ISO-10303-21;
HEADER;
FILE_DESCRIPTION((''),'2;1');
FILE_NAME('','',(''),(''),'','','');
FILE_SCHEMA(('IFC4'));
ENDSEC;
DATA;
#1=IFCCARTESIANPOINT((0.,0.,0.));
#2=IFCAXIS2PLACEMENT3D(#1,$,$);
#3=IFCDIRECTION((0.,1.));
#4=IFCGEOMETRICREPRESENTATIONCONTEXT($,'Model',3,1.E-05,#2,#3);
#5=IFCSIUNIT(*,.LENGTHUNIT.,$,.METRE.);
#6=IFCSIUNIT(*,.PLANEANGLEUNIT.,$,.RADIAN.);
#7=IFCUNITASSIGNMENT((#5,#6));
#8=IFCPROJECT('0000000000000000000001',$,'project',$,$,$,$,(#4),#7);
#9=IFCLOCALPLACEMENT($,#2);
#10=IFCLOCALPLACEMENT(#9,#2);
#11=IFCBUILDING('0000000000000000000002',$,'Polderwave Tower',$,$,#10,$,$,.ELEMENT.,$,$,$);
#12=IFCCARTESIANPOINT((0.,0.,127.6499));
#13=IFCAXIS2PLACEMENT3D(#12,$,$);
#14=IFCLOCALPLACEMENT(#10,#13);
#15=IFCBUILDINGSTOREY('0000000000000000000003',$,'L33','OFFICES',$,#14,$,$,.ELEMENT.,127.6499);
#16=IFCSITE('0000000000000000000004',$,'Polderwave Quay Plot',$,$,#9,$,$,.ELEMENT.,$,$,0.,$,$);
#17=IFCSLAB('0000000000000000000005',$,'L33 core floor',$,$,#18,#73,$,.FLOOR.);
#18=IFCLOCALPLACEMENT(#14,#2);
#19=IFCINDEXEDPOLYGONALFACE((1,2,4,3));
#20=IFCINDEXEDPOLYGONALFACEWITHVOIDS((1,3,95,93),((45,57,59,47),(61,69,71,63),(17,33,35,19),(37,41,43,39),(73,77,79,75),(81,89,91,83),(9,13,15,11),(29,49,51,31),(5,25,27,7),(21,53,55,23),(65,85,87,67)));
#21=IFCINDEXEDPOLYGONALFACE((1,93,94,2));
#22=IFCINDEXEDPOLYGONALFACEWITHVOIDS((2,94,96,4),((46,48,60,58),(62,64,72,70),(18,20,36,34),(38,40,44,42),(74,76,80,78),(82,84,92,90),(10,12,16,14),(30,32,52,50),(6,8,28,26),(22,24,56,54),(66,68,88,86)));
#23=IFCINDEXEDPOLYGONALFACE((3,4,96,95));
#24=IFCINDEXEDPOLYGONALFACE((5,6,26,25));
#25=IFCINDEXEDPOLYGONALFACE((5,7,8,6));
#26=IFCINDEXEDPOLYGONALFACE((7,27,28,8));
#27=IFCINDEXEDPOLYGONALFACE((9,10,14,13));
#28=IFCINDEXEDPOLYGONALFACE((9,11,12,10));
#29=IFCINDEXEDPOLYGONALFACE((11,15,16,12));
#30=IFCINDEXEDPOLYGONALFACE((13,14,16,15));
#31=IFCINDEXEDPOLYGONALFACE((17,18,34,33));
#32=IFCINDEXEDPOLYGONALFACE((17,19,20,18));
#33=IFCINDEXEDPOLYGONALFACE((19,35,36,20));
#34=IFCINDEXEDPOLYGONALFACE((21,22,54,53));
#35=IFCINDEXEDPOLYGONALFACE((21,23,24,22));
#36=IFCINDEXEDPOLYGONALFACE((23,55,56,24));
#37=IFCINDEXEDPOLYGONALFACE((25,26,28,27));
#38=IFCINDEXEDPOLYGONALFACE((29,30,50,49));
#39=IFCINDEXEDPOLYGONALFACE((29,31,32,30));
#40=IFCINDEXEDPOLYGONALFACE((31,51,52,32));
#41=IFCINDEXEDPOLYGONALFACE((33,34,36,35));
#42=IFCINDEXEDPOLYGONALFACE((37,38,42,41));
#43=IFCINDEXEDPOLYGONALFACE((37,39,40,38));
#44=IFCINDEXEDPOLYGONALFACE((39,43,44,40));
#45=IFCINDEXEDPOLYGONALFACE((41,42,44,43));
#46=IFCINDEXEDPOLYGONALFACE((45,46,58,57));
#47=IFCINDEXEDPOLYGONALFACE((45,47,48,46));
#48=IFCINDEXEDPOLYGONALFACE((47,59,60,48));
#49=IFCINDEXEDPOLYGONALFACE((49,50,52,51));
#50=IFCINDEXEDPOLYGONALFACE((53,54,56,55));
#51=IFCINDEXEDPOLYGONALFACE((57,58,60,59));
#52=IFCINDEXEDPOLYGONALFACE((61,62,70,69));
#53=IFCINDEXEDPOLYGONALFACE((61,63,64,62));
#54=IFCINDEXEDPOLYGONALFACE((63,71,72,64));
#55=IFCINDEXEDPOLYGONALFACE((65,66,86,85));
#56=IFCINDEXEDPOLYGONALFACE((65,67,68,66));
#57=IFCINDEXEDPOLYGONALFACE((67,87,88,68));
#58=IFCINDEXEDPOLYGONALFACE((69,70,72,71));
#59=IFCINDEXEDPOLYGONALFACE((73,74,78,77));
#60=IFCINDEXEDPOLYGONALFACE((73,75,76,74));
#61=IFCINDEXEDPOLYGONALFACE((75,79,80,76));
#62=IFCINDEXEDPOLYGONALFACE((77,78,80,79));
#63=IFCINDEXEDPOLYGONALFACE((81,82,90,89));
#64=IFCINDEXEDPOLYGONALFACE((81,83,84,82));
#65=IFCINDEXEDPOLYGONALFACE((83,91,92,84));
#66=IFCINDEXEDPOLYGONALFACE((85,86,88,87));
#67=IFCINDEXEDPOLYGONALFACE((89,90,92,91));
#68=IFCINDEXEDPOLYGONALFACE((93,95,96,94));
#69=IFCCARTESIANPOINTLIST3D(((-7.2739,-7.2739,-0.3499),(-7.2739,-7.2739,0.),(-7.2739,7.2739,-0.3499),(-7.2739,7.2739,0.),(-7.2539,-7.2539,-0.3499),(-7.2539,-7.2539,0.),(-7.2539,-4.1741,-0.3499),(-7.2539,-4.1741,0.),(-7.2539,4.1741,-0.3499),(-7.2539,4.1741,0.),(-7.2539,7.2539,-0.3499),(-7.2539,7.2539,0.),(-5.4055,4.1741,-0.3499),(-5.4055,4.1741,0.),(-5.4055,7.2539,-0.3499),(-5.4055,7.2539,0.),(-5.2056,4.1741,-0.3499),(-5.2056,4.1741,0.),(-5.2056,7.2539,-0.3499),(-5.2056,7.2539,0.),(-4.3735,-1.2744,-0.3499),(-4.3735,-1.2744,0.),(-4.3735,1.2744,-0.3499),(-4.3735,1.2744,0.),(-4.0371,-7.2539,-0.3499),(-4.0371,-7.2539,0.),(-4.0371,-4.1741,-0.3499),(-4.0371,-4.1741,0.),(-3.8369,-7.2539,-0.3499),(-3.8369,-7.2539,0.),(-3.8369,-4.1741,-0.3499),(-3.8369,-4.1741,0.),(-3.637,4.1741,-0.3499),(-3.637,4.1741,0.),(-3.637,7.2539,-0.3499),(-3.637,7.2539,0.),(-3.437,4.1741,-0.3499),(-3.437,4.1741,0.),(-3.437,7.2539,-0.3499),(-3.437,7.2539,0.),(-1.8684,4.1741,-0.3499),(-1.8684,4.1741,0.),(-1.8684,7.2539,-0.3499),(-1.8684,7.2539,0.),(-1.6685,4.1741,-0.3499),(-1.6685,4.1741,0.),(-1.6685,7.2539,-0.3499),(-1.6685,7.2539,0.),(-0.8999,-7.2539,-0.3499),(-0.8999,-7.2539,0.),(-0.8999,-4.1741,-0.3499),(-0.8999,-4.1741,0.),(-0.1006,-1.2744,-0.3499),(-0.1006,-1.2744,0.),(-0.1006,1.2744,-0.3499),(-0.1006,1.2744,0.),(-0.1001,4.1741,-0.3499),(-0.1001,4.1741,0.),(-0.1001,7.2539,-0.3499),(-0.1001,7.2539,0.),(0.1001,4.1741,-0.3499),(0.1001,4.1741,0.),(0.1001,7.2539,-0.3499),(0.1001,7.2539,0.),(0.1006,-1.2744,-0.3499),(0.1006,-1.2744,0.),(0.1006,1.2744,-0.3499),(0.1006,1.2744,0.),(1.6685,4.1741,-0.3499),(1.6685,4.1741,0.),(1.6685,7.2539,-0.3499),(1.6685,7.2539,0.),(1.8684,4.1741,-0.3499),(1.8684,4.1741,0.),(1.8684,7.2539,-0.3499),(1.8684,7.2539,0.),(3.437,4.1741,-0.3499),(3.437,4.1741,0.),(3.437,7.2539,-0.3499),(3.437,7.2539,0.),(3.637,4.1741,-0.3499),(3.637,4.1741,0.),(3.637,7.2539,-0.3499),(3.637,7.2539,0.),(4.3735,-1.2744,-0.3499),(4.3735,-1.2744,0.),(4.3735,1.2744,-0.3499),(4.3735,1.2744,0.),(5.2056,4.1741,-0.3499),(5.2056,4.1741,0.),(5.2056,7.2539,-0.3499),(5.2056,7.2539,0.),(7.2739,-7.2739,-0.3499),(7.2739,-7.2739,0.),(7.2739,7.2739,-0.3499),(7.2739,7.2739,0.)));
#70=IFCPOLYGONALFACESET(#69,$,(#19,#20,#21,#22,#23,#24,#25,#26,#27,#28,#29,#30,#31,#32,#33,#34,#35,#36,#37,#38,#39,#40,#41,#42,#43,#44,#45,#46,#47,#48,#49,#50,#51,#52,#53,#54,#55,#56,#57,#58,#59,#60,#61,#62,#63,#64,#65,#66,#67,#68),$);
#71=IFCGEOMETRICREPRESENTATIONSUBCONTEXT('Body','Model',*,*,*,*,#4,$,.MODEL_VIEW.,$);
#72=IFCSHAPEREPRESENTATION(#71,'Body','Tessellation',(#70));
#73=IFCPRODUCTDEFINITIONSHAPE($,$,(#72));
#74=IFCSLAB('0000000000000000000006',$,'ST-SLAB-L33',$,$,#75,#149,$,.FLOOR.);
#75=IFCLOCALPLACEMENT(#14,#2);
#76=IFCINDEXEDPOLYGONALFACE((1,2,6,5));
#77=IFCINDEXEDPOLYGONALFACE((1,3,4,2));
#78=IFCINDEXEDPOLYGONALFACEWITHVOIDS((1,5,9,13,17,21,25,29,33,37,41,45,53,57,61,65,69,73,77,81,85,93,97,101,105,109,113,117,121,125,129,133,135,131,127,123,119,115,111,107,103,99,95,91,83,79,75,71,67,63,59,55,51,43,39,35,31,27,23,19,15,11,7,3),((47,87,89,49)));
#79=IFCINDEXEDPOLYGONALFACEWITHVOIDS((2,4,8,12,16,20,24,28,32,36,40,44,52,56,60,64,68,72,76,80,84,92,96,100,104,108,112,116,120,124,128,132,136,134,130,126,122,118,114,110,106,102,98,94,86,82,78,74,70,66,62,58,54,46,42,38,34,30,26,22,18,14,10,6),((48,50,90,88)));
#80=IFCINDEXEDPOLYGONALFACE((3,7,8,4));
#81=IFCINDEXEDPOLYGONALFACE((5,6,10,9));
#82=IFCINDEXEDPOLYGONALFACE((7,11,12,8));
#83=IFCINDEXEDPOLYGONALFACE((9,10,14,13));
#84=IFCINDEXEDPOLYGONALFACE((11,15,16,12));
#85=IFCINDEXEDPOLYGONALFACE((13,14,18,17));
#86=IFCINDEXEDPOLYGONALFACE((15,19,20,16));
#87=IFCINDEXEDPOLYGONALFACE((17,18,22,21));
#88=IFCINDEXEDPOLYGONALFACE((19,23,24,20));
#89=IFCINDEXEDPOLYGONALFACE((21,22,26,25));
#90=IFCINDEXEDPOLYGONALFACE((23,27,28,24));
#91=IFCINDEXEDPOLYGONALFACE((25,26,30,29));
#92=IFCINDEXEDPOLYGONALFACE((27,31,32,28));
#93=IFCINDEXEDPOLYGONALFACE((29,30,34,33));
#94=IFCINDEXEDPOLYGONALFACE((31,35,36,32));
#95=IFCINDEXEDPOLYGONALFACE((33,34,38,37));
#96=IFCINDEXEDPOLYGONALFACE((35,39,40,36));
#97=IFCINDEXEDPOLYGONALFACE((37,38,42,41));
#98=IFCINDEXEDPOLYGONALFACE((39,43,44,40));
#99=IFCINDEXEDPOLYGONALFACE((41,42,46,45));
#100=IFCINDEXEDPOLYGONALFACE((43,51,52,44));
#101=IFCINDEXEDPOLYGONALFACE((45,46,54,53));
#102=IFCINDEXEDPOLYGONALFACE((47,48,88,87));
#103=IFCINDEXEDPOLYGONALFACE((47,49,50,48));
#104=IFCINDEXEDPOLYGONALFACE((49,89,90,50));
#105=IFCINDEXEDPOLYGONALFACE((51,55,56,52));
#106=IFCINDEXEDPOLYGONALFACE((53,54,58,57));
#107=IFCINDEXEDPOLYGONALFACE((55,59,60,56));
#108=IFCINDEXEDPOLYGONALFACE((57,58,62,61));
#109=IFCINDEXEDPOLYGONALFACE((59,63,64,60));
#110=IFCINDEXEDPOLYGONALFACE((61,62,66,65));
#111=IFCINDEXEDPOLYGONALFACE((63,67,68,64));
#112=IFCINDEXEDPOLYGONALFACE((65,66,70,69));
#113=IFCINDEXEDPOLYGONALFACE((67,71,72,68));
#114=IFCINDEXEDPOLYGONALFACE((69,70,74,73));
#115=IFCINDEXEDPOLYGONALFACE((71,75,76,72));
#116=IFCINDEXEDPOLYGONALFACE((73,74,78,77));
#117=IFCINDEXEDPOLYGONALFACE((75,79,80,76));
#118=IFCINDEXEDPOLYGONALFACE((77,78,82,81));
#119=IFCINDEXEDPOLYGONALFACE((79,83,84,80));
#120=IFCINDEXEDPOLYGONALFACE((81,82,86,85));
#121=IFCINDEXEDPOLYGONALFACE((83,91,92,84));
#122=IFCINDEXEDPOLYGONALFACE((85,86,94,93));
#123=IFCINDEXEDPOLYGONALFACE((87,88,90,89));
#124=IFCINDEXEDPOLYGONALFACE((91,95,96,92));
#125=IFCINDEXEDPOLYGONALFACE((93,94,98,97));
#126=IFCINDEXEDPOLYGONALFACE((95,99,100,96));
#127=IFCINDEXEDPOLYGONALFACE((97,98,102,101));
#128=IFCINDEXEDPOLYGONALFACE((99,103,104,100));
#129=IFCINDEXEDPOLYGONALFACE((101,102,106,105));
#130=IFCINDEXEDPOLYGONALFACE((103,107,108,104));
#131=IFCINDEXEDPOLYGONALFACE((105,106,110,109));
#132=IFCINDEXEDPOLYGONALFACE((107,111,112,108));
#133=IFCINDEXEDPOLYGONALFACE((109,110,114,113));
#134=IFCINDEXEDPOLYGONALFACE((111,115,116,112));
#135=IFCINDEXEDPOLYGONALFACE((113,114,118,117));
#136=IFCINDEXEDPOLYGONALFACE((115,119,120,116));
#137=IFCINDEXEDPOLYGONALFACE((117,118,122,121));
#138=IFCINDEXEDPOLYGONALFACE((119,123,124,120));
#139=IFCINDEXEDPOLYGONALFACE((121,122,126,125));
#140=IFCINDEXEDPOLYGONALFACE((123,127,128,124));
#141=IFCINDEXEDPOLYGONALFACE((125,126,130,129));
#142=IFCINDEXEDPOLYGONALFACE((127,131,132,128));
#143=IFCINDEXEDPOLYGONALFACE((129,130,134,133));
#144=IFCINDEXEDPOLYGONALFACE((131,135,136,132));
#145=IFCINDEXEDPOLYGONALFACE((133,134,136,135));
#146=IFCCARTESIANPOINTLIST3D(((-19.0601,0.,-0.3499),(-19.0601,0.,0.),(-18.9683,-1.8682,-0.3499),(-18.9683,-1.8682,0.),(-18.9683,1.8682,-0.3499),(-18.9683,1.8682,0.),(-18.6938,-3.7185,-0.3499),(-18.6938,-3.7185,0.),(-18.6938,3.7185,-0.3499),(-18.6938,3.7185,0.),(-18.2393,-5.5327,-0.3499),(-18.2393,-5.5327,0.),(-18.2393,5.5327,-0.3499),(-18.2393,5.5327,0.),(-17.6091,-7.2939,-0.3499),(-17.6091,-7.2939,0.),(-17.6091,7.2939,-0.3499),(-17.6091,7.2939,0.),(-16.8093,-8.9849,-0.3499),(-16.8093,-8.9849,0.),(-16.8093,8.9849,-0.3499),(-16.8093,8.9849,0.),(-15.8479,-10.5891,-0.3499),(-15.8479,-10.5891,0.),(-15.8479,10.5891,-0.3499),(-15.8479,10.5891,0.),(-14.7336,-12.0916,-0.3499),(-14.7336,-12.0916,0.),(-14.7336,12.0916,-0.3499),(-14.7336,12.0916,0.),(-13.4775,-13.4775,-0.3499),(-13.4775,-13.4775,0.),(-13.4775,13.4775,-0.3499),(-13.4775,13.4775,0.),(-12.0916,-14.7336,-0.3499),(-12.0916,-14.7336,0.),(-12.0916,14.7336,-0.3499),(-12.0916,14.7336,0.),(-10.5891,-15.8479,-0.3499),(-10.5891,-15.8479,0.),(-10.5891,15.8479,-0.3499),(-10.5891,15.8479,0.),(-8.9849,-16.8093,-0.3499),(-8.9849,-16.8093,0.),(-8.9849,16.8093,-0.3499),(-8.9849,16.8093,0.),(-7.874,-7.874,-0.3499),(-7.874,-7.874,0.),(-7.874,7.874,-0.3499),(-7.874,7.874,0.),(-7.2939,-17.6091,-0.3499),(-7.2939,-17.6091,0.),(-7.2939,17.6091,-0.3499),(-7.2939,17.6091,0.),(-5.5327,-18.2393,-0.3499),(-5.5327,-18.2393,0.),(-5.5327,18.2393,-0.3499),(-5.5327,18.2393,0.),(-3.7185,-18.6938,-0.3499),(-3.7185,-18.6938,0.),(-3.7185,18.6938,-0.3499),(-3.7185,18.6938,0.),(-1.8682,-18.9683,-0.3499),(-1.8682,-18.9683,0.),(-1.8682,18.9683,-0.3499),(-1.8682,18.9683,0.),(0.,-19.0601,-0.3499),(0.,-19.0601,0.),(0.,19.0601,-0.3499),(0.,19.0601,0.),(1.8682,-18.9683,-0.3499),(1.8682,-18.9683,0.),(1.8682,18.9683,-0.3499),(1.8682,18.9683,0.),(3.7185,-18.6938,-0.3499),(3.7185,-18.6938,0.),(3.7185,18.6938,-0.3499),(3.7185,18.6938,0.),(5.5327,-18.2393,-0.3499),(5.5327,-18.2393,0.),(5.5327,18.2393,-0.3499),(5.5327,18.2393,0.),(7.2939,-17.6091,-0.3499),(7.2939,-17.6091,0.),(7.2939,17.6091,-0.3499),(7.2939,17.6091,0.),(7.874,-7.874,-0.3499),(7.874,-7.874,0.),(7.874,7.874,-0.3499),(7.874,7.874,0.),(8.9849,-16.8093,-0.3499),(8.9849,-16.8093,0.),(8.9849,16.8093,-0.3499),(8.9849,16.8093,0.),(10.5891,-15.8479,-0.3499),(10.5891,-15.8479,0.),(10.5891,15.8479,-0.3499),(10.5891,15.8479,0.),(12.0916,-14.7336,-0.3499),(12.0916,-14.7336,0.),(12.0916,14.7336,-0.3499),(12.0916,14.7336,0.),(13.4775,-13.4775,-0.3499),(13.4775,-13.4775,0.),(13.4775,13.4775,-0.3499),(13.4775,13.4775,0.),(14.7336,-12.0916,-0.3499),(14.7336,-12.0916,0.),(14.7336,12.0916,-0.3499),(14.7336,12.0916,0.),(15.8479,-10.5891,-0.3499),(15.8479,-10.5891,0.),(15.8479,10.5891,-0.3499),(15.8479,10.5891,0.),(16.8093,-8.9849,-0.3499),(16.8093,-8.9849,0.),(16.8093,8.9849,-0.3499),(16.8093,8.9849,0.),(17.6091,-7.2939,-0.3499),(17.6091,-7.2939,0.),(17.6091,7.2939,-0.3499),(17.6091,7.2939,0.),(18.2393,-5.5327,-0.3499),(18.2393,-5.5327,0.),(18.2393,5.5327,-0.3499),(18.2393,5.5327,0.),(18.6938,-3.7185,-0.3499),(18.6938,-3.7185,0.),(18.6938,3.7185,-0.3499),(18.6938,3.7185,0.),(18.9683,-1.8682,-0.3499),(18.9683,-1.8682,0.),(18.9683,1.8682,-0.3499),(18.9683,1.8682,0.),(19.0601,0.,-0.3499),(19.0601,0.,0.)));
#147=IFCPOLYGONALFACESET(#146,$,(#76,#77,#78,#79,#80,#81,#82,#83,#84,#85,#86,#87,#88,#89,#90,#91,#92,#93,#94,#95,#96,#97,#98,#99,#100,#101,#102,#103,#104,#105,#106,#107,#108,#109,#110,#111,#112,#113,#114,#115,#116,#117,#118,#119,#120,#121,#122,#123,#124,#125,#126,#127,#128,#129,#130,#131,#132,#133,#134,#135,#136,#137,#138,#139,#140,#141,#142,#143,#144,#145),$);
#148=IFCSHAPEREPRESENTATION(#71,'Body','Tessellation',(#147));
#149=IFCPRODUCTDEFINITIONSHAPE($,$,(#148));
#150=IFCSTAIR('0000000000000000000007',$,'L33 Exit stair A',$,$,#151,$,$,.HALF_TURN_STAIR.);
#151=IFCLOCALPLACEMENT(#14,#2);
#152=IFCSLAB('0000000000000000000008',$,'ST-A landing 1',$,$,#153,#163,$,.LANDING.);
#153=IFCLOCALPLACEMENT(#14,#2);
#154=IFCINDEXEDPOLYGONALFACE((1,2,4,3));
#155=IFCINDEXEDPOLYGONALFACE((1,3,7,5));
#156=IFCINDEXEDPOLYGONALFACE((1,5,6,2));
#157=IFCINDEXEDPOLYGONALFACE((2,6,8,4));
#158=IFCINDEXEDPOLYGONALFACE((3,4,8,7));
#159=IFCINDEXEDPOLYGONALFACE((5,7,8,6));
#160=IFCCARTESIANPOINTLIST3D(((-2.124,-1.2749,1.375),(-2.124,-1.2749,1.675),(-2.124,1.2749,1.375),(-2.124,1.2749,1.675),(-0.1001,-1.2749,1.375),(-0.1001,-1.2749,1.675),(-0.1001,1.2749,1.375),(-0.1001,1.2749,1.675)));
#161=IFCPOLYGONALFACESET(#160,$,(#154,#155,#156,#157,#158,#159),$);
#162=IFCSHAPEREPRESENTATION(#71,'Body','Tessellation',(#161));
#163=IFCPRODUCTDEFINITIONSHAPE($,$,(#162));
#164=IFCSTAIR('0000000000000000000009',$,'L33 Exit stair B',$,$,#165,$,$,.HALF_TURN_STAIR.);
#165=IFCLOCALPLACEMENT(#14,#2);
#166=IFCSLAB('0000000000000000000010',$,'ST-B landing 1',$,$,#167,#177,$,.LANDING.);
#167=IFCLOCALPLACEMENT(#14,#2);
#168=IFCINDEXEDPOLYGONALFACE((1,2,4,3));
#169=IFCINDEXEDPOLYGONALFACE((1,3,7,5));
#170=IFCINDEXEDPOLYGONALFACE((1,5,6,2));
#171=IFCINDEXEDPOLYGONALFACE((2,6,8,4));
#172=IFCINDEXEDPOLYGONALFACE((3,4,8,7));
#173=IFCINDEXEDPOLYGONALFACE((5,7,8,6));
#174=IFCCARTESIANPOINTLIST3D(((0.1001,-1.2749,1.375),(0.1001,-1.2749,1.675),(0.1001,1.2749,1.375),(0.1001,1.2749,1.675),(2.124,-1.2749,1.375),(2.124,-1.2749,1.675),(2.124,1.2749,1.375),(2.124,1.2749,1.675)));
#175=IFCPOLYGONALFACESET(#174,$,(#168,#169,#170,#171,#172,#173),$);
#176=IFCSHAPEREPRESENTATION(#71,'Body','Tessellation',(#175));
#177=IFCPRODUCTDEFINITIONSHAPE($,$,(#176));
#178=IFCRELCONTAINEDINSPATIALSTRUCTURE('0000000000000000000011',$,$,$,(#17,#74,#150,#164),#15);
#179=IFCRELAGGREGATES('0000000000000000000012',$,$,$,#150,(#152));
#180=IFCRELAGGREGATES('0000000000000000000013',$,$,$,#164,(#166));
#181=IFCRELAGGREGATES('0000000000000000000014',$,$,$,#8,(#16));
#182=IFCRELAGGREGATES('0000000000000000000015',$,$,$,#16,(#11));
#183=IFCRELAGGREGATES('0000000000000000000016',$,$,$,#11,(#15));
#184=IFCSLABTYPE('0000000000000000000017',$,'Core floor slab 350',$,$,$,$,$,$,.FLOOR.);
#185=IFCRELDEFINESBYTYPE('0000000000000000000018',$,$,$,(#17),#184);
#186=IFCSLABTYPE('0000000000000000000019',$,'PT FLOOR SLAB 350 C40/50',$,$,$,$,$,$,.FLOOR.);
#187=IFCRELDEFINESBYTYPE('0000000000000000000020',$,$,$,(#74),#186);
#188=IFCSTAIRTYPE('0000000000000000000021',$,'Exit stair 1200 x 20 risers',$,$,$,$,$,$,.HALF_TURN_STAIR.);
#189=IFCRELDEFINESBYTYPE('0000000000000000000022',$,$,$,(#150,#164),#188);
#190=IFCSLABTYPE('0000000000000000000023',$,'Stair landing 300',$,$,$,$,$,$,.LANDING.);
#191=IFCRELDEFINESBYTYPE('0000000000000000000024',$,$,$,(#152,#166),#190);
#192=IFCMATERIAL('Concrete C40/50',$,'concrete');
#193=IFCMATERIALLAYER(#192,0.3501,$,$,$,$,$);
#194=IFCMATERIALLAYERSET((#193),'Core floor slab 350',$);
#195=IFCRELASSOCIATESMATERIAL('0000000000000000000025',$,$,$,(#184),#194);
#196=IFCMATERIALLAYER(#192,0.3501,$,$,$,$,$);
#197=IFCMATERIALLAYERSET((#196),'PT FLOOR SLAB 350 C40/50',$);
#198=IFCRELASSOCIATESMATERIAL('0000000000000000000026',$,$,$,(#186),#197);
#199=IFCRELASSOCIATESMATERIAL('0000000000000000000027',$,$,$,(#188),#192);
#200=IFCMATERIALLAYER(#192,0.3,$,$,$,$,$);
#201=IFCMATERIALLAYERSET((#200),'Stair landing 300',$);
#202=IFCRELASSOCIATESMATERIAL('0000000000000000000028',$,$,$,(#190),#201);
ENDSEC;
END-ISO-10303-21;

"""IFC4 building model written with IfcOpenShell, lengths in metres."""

from ifc_helpers import new_model, si_unit, direction, frame, origin, place, context, subcontext, project, spatial, polyline, outline, extrude, material, layer, layer_set, type_object, element, aggregate, save


model = new_model("IFC4")

# Units and contexts
model_context = context("Model", 3, precision=1e-05, world=origin(), true_north=direction((0.0, 1.0)))
body_context = subcontext(model_context, "Body", "Model", "MODEL_VIEW")
ifc_project = project(units=[si_unit("LENGTHUNIT", "METRE"), si_unit("PLANEANGLEUNIT", "RADIAN")], contexts=[model_context])

# Site, building, storey
site_placement = place(None, origin())
site = spatial("IfcSite", under=ifc_project, at=site_placement, Name="Polderwave Quay Plot", CompositionType="ELEMENT", RefElevation=0.0)
building_placement = place(site_placement, origin())
building = spatial("IfcBuilding", under=site, at=building_placement, Name="Polderwave Tower", CompositionType="ELEMENT")
storey_placement = place(building_placement, frame((0.0, 0.0, 127.6499)))
storey = spatial("IfcBuildingStorey", under=building, at=storey_placement, Name="L33", Description="OFFICES", CompositionType="ELEMENT", Elevation=127.6499)

# Slabs
ifc_material_1 = material(Name="Concrete C40/50", Category="concrete")
ifc_layer_1 = layer(ifc_material_1, 0.3501)
ifc_layer_set_1 = layer_set([ifc_layer_1], Name="Core floor slab 350")
slab_type_1 = type_object("IfcSlabType", Name="Core floor slab 350", PredefinedType="FLOOR", material=ifc_layer_set_1)
slab_1_placement = place(storey_placement, frame((0.0, 0.0, -0.3499)))
element("IfcSlab", 1, at=slab_1_placement, inside=storey, type_object=slab_type_1, Name="L33 core floor", PredefinedType="FLOOR", context=body_context, shape_type="SweptSolid", body=[
    extrude(outline(polyline([(-7.2739, -7.2739), (7.2739, -7.2739), (7.2739, 7.2739), (-7.2739, 7.2739), (-7.2739, -7.2739)]), holes=[polyline([(-7.2539, -7.2539), (-4.0371, -7.2539), (-4.0371, -4.1741), (-7.2539, -4.1741), (-7.2539, -7.2539)]), polyline([(-3.8369, -7.2539), (-0.8999, -7.2539), (-0.8999, -4.1741), (-3.8369, -4.1741), (-3.8369, -7.2539)]), polyline([(-7.2539, 4.1741), (-5.4055, 4.1741), (-5.4055, 7.2539), (-7.2539, 7.2539), (-7.2539, 4.1741)]), polyline([(-5.2056, 4.1741), (-3.637, 4.1741), (-3.637, 7.2539), (-5.2056, 7.2539), (-5.2056, 4.1741)]), polyline([(-3.437, 4.1741), (-1.8684, 4.1741), (-1.8684, 7.2539), (-3.437, 7.2539), (-3.437, 4.1741)]), polyline([(-1.6685, 4.1741), (-0.1001, 4.1741), (-0.1001, 7.2539), (-1.6685, 7.2539), (-1.6685, 4.1741)]), polyline([(0.1001, 4.1741), (1.6685, 4.1741), (1.6685, 7.2539), (0.1001, 7.2539), (0.1001, 4.1741)]), polyline([(1.8684, 4.1741), (3.437, 4.1741), (3.437, 7.2539), (1.8684, 7.2539), (1.8684, 4.1741)]), polyline([(3.637, 4.1741), (5.2056, 4.1741), (5.2056, 7.2539), (3.637, 7.2539), (3.637, 4.1741)]), polyline([(-4.3735, -1.2744), (-0.1006, -1.2744), (-0.1006, 1.2744), (-4.3735, 1.2744), (-4.3735, -1.2744)]), polyline([(0.1006, -1.2744), (4.3735, -1.2744), (4.3735, 1.2744), (0.1006, 1.2744), (0.1006, -1.2744)])]), origin(), (0.0, 0.0, 1.0), 0.3499),
])
ifc_layer_2 = layer(ifc_material_1, 0.3501)
ifc_layer_set_2 = layer_set([ifc_layer_2], Name="PT FLOOR SLAB 350 C40/50")
slab_type_2 = type_object("IfcSlabType", Name="PT FLOOR SLAB 350 C40/50", PredefinedType="FLOOR", material=ifc_layer_set_2)
slab_2_placement = place(storey_placement, frame((0.0, 0.0, -0.3499)))
element("IfcSlab", 2, at=slab_2_placement, inside=storey, type_object=slab_type_2, Name="ST-SLAB-L33", PredefinedType="FLOOR", context=body_context, shape_type="SweptSolid", body=[
    extrude(outline(polyline([(19.0601, 0.0), (18.9683, 1.8682), (18.6938, 3.7185), (18.2393, 5.5327), (17.6091, 7.2939), (16.8093, 8.9849), (15.8479, 10.5891), (14.7336, 12.0916), (13.4775, 13.4775), (12.0916, 14.7336), (10.5891, 15.8479), (8.9849, 16.8093), (7.2939, 17.6091), (5.5327, 18.2393), (3.7185, 18.6938), (1.8682, 18.9683), (0.0, 19.0601), (-1.8682, 18.9683), (-3.7185, 18.6938), (-5.5327, 18.2393), (-7.2939, 17.6091), (-8.9849, 16.8093), (-10.5891, 15.8479), (-12.0916, 14.7336), (-13.4775, 13.4775), (-14.7336, 12.0916), (-15.8479, 10.5891), (-16.8093, 8.9849), (-17.6091, 7.2939), (-18.2393, 5.5327), (-18.6938, 3.7185), (-18.9683, 1.8682), (-19.0601, 0.0), (-18.9683, -1.8682), (-18.6938, -3.7185), (-18.2393, -5.5327), (-17.6091, -7.2939), (-16.8093, -8.9849), (-15.8479, -10.5891), (-14.7336, -12.0916), (-13.4775, -13.4775), (-12.0916, -14.7336), (-10.5891, -15.8479), (-8.9849, -16.8093), (-7.2939, -17.6091), (-5.5327, -18.2393), (-3.7185, -18.6938), (-1.8682, -18.9683), (0.0, -19.0601), (1.8682, -18.9683), (3.7185, -18.6938), (5.5327, -18.2393), (7.2939, -17.6091), (8.9849, -16.8093), (10.5891, -15.8479), (12.0916, -14.7336), (13.4775, -13.4775), (14.7336, -12.0916), (15.8479, -10.5891), (16.8093, -8.9849), (17.6091, -7.2939), (18.2393, -5.5327), (18.6938, -3.7185), (18.9683, -1.8682), (19.0601, 0.0)]), holes=[polyline([(-7.874, -7.874), (7.874, -7.874), (7.874, 7.874), (-7.874, 7.874), (-7.874, -7.874)])]), origin(), (0.0, 0.0, 1.0), 0.3499),
])

# Stairs, slabs
stair_type = type_object("IfcStairType", Name="Exit stair 1200 x 20 risers", PredefinedType="HALF_TURN_STAIR", material=ifc_material_1)
stair_1_placement = place(storey_placement, origin())
stair_1 = element("IfcStair", 3, at=stair_1_placement, inside=storey, type_object=stair_type, Name="L33 Exit stair A", PredefinedType="HALF_TURN_STAIR")
ifc_layer_3 = layer(ifc_material_1, 0.3)
ifc_layer_set_3 = layer_set([ifc_layer_3], Name="Stair landing 300")
slab_type_3 = type_object("IfcSlabType", Name="Stair landing 300", PredefinedType="LANDING", material=ifc_layer_set_3)
slab_3_placement = place(storey_placement, frame((0.0, 0.0, 1.375)))
slab_3 = element("IfcSlab", 4, at=slab_3_placement, type_object=slab_type_3, Name="ST-A landing 1", PredefinedType="LANDING", context=body_context, shape_type="SweptSolid", body=[
    extrude(outline(polyline([(-2.124, -1.2749), (-0.1001, -1.2749), (-0.1001, 1.2749), (-2.124, 1.2749), (-2.124, -1.2749)])), origin(), (0.0, 0.0, 1.0), 0.3),
])
aggregate(stair_1, [slab_3])
stair_2_placement = place(storey_placement, origin())
stair_2 = element("IfcStair", 5, at=stair_2_placement, inside=storey, type_object=stair_type, Name="L33 Exit stair B", PredefinedType="HALF_TURN_STAIR")
slab_4_placement = place(storey_placement, frame((0.0, 0.0, 1.375)))
slab_4 = element("IfcSlab", 6, at=slab_4_placement, type_object=slab_type_3, Name="ST-B landing 1", PredefinedType="LANDING", context=body_context, shape_type="SweptSolid", body=[
    extrude(outline(polyline([(2.124, 1.2749), (0.1001, 1.2749), (0.1001, -1.2749), (2.124, -1.2749), (2.124, 1.2749)])), origin(), (0.0, 0.0, 1.0), 0.3),
])

aggregate(stair_2, [slab_4])

save(model, "model.ifc")
